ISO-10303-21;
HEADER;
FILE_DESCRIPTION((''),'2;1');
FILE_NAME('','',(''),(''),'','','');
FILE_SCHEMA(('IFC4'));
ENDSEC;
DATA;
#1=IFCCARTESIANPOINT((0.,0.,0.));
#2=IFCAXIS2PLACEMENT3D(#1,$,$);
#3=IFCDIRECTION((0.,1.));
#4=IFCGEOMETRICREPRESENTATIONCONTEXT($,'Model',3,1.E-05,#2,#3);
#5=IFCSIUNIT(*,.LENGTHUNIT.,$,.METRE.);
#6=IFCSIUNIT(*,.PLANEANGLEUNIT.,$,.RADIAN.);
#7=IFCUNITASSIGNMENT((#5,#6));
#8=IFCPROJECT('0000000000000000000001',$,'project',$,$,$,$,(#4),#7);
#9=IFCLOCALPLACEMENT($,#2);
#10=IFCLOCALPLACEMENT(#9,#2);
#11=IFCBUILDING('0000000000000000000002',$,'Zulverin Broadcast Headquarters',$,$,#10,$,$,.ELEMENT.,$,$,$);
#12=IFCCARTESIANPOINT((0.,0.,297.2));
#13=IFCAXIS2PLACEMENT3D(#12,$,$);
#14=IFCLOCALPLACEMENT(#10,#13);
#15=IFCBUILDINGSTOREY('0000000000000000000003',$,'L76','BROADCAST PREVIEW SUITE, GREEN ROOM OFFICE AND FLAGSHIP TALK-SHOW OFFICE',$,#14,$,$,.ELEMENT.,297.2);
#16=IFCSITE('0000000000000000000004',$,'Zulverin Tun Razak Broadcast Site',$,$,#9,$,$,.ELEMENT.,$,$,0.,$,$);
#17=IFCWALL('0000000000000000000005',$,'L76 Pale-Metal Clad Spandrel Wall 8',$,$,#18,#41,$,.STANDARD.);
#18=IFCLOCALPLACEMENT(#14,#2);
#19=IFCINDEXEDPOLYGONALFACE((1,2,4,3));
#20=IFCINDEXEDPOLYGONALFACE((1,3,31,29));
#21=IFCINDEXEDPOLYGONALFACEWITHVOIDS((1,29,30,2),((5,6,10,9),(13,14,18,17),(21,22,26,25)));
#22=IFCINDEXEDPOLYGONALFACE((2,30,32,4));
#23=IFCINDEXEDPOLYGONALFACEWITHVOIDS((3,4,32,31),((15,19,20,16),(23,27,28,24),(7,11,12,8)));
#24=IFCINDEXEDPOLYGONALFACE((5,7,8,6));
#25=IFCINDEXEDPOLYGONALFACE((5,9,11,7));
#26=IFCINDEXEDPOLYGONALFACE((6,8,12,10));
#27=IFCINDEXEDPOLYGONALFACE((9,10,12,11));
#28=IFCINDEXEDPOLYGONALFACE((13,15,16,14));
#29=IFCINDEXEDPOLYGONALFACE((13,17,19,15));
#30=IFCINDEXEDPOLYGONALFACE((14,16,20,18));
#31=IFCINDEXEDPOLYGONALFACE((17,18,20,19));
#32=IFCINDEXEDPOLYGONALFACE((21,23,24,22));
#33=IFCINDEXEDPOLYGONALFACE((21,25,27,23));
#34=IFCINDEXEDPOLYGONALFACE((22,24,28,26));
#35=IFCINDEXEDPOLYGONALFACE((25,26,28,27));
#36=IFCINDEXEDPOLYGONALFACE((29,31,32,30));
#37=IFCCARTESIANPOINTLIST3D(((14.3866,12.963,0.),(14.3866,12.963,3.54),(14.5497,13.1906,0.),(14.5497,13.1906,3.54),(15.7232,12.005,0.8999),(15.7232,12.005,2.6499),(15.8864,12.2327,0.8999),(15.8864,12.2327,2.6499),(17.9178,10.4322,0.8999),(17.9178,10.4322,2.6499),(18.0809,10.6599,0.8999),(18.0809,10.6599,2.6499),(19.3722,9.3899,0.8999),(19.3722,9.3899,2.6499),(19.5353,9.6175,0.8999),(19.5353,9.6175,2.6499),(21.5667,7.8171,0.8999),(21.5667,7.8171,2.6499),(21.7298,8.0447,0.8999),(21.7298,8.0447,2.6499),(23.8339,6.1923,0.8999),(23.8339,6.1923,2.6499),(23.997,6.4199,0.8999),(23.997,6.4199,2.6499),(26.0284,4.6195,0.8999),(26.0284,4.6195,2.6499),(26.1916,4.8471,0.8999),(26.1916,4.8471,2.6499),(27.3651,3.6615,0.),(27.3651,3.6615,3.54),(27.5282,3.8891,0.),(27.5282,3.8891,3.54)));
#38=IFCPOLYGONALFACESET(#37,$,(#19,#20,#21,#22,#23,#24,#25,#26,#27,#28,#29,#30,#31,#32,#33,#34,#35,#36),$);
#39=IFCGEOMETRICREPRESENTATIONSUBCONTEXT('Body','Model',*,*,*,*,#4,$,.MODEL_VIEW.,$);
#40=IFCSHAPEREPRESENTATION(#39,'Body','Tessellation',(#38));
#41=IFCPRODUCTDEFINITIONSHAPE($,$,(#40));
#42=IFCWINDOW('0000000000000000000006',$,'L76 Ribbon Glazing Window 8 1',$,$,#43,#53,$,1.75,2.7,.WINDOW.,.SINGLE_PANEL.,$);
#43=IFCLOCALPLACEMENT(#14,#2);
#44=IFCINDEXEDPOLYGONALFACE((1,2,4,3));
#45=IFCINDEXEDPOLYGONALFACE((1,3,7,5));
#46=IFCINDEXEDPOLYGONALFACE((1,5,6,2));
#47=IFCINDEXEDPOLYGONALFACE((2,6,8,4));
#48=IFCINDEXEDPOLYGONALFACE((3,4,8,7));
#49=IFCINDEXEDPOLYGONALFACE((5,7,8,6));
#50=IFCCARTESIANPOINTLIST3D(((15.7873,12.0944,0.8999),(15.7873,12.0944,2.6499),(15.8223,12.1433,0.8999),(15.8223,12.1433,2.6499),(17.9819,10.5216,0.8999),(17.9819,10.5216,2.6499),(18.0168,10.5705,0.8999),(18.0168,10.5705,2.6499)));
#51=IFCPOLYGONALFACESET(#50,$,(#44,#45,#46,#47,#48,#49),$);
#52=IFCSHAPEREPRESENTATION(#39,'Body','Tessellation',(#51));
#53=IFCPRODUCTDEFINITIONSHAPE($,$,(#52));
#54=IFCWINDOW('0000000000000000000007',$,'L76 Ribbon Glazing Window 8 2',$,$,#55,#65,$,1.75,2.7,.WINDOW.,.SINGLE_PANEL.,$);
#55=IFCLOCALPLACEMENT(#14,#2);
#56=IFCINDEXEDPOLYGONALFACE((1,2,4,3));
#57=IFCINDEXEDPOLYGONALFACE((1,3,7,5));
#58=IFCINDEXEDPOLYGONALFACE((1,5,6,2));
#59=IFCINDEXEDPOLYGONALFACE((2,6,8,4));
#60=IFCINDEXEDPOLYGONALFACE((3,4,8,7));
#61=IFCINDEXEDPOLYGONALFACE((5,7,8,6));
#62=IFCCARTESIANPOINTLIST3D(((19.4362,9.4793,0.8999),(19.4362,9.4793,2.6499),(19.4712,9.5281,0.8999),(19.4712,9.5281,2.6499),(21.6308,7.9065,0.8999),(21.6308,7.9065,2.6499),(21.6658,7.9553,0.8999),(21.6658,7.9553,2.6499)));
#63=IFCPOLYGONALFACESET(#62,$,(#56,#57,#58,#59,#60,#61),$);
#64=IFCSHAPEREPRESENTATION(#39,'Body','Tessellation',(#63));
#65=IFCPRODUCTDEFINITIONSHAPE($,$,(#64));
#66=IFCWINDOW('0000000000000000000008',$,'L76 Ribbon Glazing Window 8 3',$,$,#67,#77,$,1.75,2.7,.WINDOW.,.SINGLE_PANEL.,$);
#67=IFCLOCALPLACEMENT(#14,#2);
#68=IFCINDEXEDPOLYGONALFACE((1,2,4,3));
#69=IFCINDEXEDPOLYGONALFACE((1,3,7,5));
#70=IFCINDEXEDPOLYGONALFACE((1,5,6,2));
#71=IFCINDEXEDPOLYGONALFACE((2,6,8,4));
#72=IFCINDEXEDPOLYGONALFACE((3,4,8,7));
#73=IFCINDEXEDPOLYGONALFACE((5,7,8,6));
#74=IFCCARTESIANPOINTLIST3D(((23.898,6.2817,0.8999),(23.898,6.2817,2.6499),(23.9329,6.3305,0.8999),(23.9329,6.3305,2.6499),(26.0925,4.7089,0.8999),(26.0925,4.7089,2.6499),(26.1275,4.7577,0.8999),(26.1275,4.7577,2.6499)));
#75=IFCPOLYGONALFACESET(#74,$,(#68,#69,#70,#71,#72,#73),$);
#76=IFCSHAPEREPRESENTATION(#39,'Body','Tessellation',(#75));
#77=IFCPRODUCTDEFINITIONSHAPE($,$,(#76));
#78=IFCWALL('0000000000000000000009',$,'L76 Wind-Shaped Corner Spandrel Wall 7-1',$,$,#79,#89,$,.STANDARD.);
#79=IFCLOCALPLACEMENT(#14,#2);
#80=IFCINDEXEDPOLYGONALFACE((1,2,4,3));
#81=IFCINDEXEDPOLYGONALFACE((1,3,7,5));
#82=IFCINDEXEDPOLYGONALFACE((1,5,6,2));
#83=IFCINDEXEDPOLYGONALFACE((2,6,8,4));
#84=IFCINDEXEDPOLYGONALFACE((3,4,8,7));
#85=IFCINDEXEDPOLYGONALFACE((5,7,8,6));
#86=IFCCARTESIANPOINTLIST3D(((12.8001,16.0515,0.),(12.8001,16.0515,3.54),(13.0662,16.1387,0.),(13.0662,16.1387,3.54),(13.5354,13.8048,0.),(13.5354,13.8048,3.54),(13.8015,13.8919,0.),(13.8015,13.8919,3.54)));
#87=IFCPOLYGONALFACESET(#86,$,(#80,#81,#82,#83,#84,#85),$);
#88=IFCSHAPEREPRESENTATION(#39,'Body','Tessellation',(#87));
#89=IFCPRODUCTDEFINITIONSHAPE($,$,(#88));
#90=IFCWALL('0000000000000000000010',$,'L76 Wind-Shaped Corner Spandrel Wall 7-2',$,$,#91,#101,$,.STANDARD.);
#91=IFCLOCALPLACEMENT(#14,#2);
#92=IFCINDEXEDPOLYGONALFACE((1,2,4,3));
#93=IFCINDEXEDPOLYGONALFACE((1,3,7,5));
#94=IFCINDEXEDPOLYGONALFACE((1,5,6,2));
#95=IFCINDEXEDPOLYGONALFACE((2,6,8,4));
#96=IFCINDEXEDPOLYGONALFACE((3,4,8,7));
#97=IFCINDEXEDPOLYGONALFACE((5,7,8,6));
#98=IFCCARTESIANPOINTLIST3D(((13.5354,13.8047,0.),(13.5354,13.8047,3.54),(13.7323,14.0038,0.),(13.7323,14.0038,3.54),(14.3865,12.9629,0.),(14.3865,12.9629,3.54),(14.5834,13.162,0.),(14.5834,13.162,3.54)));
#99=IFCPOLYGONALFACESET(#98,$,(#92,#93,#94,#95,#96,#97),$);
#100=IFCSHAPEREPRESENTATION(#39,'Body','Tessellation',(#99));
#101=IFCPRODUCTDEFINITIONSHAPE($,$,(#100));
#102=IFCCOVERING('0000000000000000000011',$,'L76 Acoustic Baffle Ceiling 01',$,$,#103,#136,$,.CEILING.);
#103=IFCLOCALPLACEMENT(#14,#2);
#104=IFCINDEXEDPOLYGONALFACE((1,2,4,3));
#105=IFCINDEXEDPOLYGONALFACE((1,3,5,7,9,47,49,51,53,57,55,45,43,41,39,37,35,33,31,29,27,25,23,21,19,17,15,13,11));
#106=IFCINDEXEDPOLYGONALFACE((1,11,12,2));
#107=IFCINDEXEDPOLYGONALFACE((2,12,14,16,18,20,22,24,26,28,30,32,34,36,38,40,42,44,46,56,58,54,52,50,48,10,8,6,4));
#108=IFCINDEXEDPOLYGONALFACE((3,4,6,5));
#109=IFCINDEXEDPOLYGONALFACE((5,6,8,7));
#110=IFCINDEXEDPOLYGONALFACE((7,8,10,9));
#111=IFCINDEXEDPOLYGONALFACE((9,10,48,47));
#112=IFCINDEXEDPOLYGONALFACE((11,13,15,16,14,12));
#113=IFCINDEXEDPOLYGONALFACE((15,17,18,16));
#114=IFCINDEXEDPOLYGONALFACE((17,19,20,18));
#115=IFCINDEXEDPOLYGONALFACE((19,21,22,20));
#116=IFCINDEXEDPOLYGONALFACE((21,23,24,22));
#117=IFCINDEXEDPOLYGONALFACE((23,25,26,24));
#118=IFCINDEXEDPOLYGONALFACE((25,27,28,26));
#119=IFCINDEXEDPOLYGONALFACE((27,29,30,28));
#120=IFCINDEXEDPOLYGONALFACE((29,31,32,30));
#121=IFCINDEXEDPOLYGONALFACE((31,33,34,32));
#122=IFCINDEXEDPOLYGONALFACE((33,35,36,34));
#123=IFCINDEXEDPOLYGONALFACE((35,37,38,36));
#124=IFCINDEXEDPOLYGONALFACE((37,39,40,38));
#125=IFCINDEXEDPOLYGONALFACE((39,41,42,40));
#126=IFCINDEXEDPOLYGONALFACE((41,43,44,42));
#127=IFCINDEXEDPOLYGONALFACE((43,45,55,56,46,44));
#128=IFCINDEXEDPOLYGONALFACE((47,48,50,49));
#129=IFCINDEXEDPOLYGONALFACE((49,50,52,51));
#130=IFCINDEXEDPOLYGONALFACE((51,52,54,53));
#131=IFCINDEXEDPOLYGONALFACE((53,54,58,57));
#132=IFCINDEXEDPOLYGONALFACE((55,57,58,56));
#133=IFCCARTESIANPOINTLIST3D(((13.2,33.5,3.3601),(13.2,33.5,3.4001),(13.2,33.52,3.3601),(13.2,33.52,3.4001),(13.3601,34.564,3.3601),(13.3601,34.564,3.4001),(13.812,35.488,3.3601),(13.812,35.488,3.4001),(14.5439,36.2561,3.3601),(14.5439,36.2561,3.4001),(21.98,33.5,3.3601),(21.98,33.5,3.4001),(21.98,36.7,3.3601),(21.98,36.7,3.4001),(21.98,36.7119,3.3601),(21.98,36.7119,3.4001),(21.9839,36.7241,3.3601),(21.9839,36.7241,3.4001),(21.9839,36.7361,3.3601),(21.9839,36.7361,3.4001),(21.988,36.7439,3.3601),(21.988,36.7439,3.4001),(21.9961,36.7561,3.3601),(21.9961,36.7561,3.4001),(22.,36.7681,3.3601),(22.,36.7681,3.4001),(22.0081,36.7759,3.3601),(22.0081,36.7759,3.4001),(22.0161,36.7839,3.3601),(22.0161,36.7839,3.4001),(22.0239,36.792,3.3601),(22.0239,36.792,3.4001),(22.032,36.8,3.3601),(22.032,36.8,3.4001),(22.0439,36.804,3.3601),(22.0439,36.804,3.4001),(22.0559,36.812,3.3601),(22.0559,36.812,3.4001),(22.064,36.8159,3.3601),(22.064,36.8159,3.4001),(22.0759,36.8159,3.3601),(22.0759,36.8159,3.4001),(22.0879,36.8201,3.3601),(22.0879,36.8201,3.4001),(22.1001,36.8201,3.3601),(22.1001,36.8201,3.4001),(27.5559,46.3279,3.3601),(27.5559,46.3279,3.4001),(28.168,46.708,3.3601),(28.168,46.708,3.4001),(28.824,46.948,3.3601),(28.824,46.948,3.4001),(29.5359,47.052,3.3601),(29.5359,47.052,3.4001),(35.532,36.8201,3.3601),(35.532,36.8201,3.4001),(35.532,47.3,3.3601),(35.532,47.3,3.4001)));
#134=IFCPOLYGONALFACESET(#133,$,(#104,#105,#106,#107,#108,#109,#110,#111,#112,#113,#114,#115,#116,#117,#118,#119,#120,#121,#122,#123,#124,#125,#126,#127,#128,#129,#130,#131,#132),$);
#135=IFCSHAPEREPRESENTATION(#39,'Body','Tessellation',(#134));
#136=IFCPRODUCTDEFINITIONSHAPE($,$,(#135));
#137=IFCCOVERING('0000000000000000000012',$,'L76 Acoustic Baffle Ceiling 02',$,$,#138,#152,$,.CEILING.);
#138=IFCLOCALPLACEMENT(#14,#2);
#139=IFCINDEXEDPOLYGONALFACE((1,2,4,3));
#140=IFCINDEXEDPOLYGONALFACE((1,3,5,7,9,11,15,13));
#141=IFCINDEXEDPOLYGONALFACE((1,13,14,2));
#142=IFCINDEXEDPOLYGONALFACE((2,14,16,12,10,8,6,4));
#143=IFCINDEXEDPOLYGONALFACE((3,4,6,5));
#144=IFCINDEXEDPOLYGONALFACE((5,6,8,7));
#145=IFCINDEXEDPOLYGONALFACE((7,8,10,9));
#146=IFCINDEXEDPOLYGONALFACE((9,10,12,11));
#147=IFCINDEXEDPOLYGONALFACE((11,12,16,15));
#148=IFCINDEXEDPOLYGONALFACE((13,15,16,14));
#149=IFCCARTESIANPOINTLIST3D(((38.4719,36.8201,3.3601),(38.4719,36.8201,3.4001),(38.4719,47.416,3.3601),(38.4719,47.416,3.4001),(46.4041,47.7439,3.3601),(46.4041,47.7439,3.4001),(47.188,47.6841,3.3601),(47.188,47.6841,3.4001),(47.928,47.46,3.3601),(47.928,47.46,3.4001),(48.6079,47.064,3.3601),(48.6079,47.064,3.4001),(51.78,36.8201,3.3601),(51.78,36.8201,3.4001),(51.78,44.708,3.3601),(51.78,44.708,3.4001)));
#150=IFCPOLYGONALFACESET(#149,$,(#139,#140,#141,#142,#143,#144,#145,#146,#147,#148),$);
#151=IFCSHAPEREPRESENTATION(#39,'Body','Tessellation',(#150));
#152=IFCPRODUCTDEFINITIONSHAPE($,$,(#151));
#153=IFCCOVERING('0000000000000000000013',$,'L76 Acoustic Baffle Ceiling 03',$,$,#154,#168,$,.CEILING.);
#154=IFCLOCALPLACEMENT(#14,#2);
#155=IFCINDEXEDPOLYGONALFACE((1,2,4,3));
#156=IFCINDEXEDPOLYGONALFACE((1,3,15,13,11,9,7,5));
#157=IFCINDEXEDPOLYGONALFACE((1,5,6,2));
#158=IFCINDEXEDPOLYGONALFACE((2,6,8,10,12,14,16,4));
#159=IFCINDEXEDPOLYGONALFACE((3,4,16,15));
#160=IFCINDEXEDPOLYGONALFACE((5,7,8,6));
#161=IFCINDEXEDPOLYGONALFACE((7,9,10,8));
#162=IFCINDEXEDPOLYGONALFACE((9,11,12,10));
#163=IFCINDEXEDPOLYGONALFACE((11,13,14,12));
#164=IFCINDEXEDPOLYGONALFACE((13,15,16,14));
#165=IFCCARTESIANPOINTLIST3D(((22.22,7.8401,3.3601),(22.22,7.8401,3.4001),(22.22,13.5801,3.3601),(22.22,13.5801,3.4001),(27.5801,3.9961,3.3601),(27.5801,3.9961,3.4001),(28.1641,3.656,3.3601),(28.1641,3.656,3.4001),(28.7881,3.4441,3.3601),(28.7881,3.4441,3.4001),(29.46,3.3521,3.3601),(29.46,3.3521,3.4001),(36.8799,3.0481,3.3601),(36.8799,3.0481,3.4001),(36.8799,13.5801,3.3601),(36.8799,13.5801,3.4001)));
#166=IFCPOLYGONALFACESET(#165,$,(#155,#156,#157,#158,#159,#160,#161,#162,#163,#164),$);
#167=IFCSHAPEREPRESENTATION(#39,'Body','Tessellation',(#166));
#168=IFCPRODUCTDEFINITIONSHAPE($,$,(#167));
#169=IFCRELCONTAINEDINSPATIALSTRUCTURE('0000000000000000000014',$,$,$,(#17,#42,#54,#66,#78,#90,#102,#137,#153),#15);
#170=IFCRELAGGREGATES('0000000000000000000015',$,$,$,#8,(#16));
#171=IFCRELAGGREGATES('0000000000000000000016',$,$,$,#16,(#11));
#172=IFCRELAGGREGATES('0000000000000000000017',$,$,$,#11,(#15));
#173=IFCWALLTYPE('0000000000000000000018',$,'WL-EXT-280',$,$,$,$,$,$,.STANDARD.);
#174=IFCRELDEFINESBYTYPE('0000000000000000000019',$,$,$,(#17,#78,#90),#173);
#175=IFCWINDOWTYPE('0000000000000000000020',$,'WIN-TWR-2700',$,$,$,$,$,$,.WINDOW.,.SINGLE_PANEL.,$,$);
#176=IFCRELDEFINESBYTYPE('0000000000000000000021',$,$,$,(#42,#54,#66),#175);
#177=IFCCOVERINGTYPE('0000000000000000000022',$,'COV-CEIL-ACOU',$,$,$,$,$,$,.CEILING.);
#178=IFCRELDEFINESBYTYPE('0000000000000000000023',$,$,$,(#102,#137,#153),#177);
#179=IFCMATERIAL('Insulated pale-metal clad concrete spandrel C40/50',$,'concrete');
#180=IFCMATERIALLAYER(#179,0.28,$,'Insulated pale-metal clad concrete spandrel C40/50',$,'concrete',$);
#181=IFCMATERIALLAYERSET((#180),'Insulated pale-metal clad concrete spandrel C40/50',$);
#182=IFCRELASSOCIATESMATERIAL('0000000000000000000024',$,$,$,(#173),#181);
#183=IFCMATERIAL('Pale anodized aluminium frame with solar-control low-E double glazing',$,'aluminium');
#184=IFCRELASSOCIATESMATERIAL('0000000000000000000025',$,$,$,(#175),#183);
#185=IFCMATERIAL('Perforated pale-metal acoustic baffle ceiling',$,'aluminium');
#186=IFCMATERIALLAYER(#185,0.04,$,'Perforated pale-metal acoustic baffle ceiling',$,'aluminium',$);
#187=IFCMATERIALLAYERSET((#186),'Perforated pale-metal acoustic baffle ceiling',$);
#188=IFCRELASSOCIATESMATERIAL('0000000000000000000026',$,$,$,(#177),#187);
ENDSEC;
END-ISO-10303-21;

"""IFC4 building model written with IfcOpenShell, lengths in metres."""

from ifc_helpers import new_model, si_unit, direction, frame, frame_2d, origin, place, context, subcontext, project, spatial, polyline, rectangle, outline, extrude, material, layer, layer_set, type_object, element, fill, save


model = new_model("IFC4")

# Units and contexts
model_context = context("Model", 3, precision=1e-05, world=origin(), true_north=direction((0.0, 1.0)))
body_context = subcontext(model_context, "Body", "Model", "MODEL_VIEW")
ifc_project = project(units=[si_unit("LENGTHUNIT", "METRE"), si_unit("PLANEANGLEUNIT", "RADIAN")], contexts=[model_context])

# Site, building, storey
site_placement = place(None, origin())
site = spatial("IfcSite", under=ifc_project, at=site_placement, Name="Zulverin Tun Razak Broadcast Site", CompositionType="ELEMENT", RefElevation=0.0)
building_placement = place(site_placement, origin())
building = spatial("IfcBuilding", under=site, at=building_placement, Name="Zulverin Broadcast Headquarters", CompositionType="ELEMENT")
storey_placement = place(building_placement, frame((0.0, 0.0, 297.2)))
storey = spatial("IfcBuildingStorey", under=building, at=storey_placement, Name="L76", Description="BROADCAST PREVIEW SUITE, GREEN ROOM OFFICE AND FLAGSHIP TALK-SHOW OFFICE", CompositionType="ELEMENT", Elevation=297.2)

# Wall, openings, windows
ifc_material_1 = material(Name="Insulated pale-metal clad concrete spandrel C40/50", Category="concrete")
ifc_layer_1 = layer(ifc_material_1, 0.28, Name="Insulated pale-metal clad concrete spandrel C40/50", Category="concrete")
ifc_layer_set_1 = layer_set([ifc_layer_1], Name="Insulated pale-metal clad concrete spandrel C40/50")
wall_type = type_object("IfcWallType", Name="WL-EXT-280", PredefinedType="STANDARD", material=ifc_layer_set_1)
wall_1_placement = place(storey_placement, frame((14.468, 13.0769, 0.0), z_axis=(0.0, 0.0, 1.0), x_axis=(0.81281, -0.582529, 0.0)))
wall_1 = element("IfcWall", 1, at=wall_1_placement, inside=storey, type_object=wall_type, Name="L76 Pale-Metal Clad Spandrel Wall 8", PredefinedType="STANDARD", context=body_context, shape_type="SweptSolid", body=[
    extrude(rectangle(XDim=15.9675, YDim=0.28, at=frame_2d((7.9839, 0.0))), origin(), (0.0, 0.0, 1.0), 3.54),
])
opening_1_placement = place(wall_1_placement, frame((1.6445, 0.0, 0.8999)))
opening_1 = element("IfcOpeningElement", 2, at=opening_1_placement, cuts=wall_1, PredefinedType="OPENING", context=body_context, shape_type="SweptSolid", body=[
    extrude(rectangle(XDim=2.7, YDim=1.75, at=frame_2d((1.3501, 0.875))), frame((0.0, 0.1499, 0.0), z_axis=(0.0, -1.0, 0.0), x_axis=(1.0, 0.0, 0.0)), (0.0, 0.0, 1.0), 0.3),
])
opening_2_placement = place(wall_1_placement, frame((6.1338, 0.0, 0.8999)))
opening_2 = element("IfcOpeningElement", 3, at=opening_2_placement, cuts=wall_1, PredefinedType="OPENING", context=body_context, shape_type="SweptSolid", body=[
    extrude(rectangle(XDim=2.7, YDim=1.75, at=frame_2d((1.3501, 0.875))), frame((0.0, 0.1499, 0.0), z_axis=(0.0, -1.0, 0.0), x_axis=(1.0, 0.0, 0.0)), (0.0, 0.0, 1.0), 0.3),
])
opening_3_placement = place(wall_1_placement, frame((11.623, 0.0, 0.8999)))
opening_3 = element("IfcOpeningElement", 4, at=opening_3_placement, cuts=wall_1, PredefinedType="OPENING", context=body_context, shape_type="SweptSolid", body=[
    extrude(rectangle(XDim=2.7, YDim=1.75, at=frame_2d((1.3501, 0.875))), frame((0.0, 0.1499, 0.0), z_axis=(0.0, -1.0, 0.0), x_axis=(1.0, 0.0, 0.0)), (0.0, 0.0, 1.0), 0.3),
])
ifc_material_2 = material(Name="Pale anodized aluminium frame with solar-control low-E double glazing", Category="aluminium")
window_type = type_object("IfcWindowType", Name="WIN-TWR-2700", PartitioningType="SINGLE_PANEL", PredefinedType="WINDOW", material=ifc_material_2)
window_1_placement = place(opening_1_placement, origin())
window_1 = element("IfcWindow", 5, at=window_1_placement, inside=storey, type_object=window_type, Name="L76 Ribbon Glazing Window 8 1", OverallHeight=1.75, OverallWidth=2.7, PartitioningType="SINGLE_PANEL", PredefinedType="WINDOW", context=body_context, shape_type="SweptSolid", body=[
    extrude(rectangle(XDim=2.7, YDim=1.75, at=frame_2d((1.3501, 0.875))), frame((0.0, 0.03, 0.0), z_axis=(0.0, -1.0, 0.0), x_axis=(1.0, 0.0, 0.0)), (0.0, 0.0, 1.0), 0.0601),
])
fill(opening_1, window_1)
window_2_placement = place(opening_2_placement, origin())
window_2 = element("IfcWindow", 6, at=window_2_placement, inside=storey, type_object=window_type, Name="L76 Ribbon Glazing Window 8 2", OverallHeight=1.75, OverallWidth=2.7, PartitioningType="SINGLE_PANEL", PredefinedType="WINDOW", context=body_context, shape_type="SweptSolid", body=[
    extrude(rectangle(XDim=2.7, YDim=1.75, at=frame_2d((1.3501, 0.875))), frame((0.0, 0.03, 0.0), z_axis=(0.0, -1.0, 0.0), x_axis=(1.0, 0.0, 0.0)), (0.0, 0.0, 1.0), 0.0601),
])
fill(opening_2, window_2)
window_3_placement = place(opening_3_placement, origin())
window_3 = element("IfcWindow", 7, at=window_3_placement, inside=storey, type_object=window_type, Name="L76 Ribbon Glazing Window 8 3", OverallHeight=1.75, OverallWidth=2.7, PartitioningType="SINGLE_PANEL", PredefinedType="WINDOW", context=body_context, shape_type="SweptSolid", body=[
    extrude(rectangle(XDim=2.7, YDim=1.75, at=frame_2d((1.3501, 0.875))), frame((0.0, 0.03, 0.0), z_axis=(0.0, -1.0, 0.0), x_axis=(1.0, 0.0, 0.0)), (0.0, 0.0, 1.0), 0.0601),
])
fill(opening_3, window_3)

# Walls
wall_2_placement = place(storey_placement, frame((12.9331, 16.0952, 0.0), z_axis=(0.0, 0.0, 1.0), x_axis=(0.311049, -0.950394, 0.0)))
element("IfcWall", 8, at=wall_2_placement, inside=storey, type_object=wall_type, Name="L76 Wind-Shaped Corner Spandrel Wall 7-1", PredefinedType="STANDARD", context=body_context, shape_type="SweptSolid", body=[
    extrude(rectangle(XDim=2.364, YDim=0.28, at=frame_2d((1.1821, 0.0))), origin(), (0.0, 0.0, 1.0), 3.54),
])
wall_3_placement = place(storey_placement, frame((13.6338, 13.9043, 0.0), z_axis=(0.0, 0.0, 1.0), x_axis=(0.710971, -0.703221, 0.0)))
element("IfcWall", 9, at=wall_3_placement, inside=storey, type_object=wall_type, Name="L76 Wind-Shaped Corner Spandrel Wall 7-2", PredefinedType="STANDARD", context=body_context, shape_type="SweptSolid", body=[
    extrude(rectangle(XDim=1.197, YDim=0.28, at=frame_2d((0.5986, 0.0))), origin(), (0.0, 0.0, 1.0), 3.54),
])

# Coverings
ifc_material_3 = material(Name="Perforated pale-metal acoustic baffle ceiling", Category="aluminium")
ifc_layer_2 = layer(ifc_material_3, 0.04, Name="Perforated pale-metal acoustic baffle ceiling", Category="aluminium")
ifc_layer_set_2 = layer_set([ifc_layer_2], Name="Perforated pale-metal acoustic baffle ceiling")
covering_type_1 = type_object("IfcCoveringType", Name="COV-CEIL-ACOU", PredefinedType="CEILING", material=ifc_layer_set_2)
covering_1_placement = place(storey_placement, frame((0.0, 0.0, 3.3601)))
element("IfcCovering", 10, at=covering_1_placement, inside=storey, type_object=covering_type_1, Name="L76 Acoustic Baffle Ceiling 01", PredefinedType="CEILING", context=body_context, shape_type="SweptSolid", body=[
    extrude(outline(polyline([(28.168, 46.708), (27.5559, 46.3279), (14.5439, 36.2561), (13.812, 35.488), (13.3601, 34.564), (13.2, 33.52), (13.2, 33.5), (21.98, 33.5), (21.98, 36.7), (21.98, 36.7119), (21.9839, 36.7241), (21.9839, 36.7361), (21.988, 36.7439), (21.9961, 36.7561), (22.0, 36.7681), (22.0081, 36.7759), (22.0161, 36.7839), (22.0239, 36.792), (22.032, 36.8), (22.0439, 36.804), (22.0559, 36.812), (22.064, 36.8159), (22.0759, 36.8159), (22.0879, 36.8201), (22.1001, 36.8201), (35.532, 36.8201), (35.532, 47.3), (29.5359, 47.052), (28.824, 46.948), (28.168, 46.708)])), origin(), (0.0, 0.0, 1.0), 0.04),
])
covering_2_placement = place(storey_placement, frame((0.0, 0.0, 3.3601)))
element("IfcCovering", 11, at=covering_2_placement, inside=storey, type_object=covering_type_1, Name="L76 Acoustic Baffle Ceiling 02", PredefinedType="CEILING", context=body_context, shape_type="SweptSolid", body=[
    extrude(outline(polyline([(47.928, 47.46), (47.188, 47.6841), (46.4041, 47.7439), (38.4719, 47.416), (38.4719, 36.8201), (51.78, 36.8201), (51.78, 44.708), (48.6079, 47.064), (47.928, 47.46)])), origin(), (0.0, 0.0, 1.0), 0.04),
])
covering_3_placement = place(storey_placement, frame((0.0, 0.0, 3.3601)))
element("IfcCovering", 12, at=covering_3_placement, inside=storey, type_object=covering_type_1, Name="L76 Acoustic Baffle Ceiling 03", PredefinedType="CEILING", context=body_context, shape_type="SweptSolid", body=[
    extrude(outline(polyline([(28.1641, 3.656), (28.7881, 3.4441), (29.46, 3.3521), (36.8799, 3.0481), (36.8799, 13.5801), (22.22, 13.5801), (22.22, 7.8401), (27.5801, 3.9961), (28.1641, 3.656)])), origin(), (0.0, 0.0, 1.0), 0.04),
])

save(model, "model.ifc")
